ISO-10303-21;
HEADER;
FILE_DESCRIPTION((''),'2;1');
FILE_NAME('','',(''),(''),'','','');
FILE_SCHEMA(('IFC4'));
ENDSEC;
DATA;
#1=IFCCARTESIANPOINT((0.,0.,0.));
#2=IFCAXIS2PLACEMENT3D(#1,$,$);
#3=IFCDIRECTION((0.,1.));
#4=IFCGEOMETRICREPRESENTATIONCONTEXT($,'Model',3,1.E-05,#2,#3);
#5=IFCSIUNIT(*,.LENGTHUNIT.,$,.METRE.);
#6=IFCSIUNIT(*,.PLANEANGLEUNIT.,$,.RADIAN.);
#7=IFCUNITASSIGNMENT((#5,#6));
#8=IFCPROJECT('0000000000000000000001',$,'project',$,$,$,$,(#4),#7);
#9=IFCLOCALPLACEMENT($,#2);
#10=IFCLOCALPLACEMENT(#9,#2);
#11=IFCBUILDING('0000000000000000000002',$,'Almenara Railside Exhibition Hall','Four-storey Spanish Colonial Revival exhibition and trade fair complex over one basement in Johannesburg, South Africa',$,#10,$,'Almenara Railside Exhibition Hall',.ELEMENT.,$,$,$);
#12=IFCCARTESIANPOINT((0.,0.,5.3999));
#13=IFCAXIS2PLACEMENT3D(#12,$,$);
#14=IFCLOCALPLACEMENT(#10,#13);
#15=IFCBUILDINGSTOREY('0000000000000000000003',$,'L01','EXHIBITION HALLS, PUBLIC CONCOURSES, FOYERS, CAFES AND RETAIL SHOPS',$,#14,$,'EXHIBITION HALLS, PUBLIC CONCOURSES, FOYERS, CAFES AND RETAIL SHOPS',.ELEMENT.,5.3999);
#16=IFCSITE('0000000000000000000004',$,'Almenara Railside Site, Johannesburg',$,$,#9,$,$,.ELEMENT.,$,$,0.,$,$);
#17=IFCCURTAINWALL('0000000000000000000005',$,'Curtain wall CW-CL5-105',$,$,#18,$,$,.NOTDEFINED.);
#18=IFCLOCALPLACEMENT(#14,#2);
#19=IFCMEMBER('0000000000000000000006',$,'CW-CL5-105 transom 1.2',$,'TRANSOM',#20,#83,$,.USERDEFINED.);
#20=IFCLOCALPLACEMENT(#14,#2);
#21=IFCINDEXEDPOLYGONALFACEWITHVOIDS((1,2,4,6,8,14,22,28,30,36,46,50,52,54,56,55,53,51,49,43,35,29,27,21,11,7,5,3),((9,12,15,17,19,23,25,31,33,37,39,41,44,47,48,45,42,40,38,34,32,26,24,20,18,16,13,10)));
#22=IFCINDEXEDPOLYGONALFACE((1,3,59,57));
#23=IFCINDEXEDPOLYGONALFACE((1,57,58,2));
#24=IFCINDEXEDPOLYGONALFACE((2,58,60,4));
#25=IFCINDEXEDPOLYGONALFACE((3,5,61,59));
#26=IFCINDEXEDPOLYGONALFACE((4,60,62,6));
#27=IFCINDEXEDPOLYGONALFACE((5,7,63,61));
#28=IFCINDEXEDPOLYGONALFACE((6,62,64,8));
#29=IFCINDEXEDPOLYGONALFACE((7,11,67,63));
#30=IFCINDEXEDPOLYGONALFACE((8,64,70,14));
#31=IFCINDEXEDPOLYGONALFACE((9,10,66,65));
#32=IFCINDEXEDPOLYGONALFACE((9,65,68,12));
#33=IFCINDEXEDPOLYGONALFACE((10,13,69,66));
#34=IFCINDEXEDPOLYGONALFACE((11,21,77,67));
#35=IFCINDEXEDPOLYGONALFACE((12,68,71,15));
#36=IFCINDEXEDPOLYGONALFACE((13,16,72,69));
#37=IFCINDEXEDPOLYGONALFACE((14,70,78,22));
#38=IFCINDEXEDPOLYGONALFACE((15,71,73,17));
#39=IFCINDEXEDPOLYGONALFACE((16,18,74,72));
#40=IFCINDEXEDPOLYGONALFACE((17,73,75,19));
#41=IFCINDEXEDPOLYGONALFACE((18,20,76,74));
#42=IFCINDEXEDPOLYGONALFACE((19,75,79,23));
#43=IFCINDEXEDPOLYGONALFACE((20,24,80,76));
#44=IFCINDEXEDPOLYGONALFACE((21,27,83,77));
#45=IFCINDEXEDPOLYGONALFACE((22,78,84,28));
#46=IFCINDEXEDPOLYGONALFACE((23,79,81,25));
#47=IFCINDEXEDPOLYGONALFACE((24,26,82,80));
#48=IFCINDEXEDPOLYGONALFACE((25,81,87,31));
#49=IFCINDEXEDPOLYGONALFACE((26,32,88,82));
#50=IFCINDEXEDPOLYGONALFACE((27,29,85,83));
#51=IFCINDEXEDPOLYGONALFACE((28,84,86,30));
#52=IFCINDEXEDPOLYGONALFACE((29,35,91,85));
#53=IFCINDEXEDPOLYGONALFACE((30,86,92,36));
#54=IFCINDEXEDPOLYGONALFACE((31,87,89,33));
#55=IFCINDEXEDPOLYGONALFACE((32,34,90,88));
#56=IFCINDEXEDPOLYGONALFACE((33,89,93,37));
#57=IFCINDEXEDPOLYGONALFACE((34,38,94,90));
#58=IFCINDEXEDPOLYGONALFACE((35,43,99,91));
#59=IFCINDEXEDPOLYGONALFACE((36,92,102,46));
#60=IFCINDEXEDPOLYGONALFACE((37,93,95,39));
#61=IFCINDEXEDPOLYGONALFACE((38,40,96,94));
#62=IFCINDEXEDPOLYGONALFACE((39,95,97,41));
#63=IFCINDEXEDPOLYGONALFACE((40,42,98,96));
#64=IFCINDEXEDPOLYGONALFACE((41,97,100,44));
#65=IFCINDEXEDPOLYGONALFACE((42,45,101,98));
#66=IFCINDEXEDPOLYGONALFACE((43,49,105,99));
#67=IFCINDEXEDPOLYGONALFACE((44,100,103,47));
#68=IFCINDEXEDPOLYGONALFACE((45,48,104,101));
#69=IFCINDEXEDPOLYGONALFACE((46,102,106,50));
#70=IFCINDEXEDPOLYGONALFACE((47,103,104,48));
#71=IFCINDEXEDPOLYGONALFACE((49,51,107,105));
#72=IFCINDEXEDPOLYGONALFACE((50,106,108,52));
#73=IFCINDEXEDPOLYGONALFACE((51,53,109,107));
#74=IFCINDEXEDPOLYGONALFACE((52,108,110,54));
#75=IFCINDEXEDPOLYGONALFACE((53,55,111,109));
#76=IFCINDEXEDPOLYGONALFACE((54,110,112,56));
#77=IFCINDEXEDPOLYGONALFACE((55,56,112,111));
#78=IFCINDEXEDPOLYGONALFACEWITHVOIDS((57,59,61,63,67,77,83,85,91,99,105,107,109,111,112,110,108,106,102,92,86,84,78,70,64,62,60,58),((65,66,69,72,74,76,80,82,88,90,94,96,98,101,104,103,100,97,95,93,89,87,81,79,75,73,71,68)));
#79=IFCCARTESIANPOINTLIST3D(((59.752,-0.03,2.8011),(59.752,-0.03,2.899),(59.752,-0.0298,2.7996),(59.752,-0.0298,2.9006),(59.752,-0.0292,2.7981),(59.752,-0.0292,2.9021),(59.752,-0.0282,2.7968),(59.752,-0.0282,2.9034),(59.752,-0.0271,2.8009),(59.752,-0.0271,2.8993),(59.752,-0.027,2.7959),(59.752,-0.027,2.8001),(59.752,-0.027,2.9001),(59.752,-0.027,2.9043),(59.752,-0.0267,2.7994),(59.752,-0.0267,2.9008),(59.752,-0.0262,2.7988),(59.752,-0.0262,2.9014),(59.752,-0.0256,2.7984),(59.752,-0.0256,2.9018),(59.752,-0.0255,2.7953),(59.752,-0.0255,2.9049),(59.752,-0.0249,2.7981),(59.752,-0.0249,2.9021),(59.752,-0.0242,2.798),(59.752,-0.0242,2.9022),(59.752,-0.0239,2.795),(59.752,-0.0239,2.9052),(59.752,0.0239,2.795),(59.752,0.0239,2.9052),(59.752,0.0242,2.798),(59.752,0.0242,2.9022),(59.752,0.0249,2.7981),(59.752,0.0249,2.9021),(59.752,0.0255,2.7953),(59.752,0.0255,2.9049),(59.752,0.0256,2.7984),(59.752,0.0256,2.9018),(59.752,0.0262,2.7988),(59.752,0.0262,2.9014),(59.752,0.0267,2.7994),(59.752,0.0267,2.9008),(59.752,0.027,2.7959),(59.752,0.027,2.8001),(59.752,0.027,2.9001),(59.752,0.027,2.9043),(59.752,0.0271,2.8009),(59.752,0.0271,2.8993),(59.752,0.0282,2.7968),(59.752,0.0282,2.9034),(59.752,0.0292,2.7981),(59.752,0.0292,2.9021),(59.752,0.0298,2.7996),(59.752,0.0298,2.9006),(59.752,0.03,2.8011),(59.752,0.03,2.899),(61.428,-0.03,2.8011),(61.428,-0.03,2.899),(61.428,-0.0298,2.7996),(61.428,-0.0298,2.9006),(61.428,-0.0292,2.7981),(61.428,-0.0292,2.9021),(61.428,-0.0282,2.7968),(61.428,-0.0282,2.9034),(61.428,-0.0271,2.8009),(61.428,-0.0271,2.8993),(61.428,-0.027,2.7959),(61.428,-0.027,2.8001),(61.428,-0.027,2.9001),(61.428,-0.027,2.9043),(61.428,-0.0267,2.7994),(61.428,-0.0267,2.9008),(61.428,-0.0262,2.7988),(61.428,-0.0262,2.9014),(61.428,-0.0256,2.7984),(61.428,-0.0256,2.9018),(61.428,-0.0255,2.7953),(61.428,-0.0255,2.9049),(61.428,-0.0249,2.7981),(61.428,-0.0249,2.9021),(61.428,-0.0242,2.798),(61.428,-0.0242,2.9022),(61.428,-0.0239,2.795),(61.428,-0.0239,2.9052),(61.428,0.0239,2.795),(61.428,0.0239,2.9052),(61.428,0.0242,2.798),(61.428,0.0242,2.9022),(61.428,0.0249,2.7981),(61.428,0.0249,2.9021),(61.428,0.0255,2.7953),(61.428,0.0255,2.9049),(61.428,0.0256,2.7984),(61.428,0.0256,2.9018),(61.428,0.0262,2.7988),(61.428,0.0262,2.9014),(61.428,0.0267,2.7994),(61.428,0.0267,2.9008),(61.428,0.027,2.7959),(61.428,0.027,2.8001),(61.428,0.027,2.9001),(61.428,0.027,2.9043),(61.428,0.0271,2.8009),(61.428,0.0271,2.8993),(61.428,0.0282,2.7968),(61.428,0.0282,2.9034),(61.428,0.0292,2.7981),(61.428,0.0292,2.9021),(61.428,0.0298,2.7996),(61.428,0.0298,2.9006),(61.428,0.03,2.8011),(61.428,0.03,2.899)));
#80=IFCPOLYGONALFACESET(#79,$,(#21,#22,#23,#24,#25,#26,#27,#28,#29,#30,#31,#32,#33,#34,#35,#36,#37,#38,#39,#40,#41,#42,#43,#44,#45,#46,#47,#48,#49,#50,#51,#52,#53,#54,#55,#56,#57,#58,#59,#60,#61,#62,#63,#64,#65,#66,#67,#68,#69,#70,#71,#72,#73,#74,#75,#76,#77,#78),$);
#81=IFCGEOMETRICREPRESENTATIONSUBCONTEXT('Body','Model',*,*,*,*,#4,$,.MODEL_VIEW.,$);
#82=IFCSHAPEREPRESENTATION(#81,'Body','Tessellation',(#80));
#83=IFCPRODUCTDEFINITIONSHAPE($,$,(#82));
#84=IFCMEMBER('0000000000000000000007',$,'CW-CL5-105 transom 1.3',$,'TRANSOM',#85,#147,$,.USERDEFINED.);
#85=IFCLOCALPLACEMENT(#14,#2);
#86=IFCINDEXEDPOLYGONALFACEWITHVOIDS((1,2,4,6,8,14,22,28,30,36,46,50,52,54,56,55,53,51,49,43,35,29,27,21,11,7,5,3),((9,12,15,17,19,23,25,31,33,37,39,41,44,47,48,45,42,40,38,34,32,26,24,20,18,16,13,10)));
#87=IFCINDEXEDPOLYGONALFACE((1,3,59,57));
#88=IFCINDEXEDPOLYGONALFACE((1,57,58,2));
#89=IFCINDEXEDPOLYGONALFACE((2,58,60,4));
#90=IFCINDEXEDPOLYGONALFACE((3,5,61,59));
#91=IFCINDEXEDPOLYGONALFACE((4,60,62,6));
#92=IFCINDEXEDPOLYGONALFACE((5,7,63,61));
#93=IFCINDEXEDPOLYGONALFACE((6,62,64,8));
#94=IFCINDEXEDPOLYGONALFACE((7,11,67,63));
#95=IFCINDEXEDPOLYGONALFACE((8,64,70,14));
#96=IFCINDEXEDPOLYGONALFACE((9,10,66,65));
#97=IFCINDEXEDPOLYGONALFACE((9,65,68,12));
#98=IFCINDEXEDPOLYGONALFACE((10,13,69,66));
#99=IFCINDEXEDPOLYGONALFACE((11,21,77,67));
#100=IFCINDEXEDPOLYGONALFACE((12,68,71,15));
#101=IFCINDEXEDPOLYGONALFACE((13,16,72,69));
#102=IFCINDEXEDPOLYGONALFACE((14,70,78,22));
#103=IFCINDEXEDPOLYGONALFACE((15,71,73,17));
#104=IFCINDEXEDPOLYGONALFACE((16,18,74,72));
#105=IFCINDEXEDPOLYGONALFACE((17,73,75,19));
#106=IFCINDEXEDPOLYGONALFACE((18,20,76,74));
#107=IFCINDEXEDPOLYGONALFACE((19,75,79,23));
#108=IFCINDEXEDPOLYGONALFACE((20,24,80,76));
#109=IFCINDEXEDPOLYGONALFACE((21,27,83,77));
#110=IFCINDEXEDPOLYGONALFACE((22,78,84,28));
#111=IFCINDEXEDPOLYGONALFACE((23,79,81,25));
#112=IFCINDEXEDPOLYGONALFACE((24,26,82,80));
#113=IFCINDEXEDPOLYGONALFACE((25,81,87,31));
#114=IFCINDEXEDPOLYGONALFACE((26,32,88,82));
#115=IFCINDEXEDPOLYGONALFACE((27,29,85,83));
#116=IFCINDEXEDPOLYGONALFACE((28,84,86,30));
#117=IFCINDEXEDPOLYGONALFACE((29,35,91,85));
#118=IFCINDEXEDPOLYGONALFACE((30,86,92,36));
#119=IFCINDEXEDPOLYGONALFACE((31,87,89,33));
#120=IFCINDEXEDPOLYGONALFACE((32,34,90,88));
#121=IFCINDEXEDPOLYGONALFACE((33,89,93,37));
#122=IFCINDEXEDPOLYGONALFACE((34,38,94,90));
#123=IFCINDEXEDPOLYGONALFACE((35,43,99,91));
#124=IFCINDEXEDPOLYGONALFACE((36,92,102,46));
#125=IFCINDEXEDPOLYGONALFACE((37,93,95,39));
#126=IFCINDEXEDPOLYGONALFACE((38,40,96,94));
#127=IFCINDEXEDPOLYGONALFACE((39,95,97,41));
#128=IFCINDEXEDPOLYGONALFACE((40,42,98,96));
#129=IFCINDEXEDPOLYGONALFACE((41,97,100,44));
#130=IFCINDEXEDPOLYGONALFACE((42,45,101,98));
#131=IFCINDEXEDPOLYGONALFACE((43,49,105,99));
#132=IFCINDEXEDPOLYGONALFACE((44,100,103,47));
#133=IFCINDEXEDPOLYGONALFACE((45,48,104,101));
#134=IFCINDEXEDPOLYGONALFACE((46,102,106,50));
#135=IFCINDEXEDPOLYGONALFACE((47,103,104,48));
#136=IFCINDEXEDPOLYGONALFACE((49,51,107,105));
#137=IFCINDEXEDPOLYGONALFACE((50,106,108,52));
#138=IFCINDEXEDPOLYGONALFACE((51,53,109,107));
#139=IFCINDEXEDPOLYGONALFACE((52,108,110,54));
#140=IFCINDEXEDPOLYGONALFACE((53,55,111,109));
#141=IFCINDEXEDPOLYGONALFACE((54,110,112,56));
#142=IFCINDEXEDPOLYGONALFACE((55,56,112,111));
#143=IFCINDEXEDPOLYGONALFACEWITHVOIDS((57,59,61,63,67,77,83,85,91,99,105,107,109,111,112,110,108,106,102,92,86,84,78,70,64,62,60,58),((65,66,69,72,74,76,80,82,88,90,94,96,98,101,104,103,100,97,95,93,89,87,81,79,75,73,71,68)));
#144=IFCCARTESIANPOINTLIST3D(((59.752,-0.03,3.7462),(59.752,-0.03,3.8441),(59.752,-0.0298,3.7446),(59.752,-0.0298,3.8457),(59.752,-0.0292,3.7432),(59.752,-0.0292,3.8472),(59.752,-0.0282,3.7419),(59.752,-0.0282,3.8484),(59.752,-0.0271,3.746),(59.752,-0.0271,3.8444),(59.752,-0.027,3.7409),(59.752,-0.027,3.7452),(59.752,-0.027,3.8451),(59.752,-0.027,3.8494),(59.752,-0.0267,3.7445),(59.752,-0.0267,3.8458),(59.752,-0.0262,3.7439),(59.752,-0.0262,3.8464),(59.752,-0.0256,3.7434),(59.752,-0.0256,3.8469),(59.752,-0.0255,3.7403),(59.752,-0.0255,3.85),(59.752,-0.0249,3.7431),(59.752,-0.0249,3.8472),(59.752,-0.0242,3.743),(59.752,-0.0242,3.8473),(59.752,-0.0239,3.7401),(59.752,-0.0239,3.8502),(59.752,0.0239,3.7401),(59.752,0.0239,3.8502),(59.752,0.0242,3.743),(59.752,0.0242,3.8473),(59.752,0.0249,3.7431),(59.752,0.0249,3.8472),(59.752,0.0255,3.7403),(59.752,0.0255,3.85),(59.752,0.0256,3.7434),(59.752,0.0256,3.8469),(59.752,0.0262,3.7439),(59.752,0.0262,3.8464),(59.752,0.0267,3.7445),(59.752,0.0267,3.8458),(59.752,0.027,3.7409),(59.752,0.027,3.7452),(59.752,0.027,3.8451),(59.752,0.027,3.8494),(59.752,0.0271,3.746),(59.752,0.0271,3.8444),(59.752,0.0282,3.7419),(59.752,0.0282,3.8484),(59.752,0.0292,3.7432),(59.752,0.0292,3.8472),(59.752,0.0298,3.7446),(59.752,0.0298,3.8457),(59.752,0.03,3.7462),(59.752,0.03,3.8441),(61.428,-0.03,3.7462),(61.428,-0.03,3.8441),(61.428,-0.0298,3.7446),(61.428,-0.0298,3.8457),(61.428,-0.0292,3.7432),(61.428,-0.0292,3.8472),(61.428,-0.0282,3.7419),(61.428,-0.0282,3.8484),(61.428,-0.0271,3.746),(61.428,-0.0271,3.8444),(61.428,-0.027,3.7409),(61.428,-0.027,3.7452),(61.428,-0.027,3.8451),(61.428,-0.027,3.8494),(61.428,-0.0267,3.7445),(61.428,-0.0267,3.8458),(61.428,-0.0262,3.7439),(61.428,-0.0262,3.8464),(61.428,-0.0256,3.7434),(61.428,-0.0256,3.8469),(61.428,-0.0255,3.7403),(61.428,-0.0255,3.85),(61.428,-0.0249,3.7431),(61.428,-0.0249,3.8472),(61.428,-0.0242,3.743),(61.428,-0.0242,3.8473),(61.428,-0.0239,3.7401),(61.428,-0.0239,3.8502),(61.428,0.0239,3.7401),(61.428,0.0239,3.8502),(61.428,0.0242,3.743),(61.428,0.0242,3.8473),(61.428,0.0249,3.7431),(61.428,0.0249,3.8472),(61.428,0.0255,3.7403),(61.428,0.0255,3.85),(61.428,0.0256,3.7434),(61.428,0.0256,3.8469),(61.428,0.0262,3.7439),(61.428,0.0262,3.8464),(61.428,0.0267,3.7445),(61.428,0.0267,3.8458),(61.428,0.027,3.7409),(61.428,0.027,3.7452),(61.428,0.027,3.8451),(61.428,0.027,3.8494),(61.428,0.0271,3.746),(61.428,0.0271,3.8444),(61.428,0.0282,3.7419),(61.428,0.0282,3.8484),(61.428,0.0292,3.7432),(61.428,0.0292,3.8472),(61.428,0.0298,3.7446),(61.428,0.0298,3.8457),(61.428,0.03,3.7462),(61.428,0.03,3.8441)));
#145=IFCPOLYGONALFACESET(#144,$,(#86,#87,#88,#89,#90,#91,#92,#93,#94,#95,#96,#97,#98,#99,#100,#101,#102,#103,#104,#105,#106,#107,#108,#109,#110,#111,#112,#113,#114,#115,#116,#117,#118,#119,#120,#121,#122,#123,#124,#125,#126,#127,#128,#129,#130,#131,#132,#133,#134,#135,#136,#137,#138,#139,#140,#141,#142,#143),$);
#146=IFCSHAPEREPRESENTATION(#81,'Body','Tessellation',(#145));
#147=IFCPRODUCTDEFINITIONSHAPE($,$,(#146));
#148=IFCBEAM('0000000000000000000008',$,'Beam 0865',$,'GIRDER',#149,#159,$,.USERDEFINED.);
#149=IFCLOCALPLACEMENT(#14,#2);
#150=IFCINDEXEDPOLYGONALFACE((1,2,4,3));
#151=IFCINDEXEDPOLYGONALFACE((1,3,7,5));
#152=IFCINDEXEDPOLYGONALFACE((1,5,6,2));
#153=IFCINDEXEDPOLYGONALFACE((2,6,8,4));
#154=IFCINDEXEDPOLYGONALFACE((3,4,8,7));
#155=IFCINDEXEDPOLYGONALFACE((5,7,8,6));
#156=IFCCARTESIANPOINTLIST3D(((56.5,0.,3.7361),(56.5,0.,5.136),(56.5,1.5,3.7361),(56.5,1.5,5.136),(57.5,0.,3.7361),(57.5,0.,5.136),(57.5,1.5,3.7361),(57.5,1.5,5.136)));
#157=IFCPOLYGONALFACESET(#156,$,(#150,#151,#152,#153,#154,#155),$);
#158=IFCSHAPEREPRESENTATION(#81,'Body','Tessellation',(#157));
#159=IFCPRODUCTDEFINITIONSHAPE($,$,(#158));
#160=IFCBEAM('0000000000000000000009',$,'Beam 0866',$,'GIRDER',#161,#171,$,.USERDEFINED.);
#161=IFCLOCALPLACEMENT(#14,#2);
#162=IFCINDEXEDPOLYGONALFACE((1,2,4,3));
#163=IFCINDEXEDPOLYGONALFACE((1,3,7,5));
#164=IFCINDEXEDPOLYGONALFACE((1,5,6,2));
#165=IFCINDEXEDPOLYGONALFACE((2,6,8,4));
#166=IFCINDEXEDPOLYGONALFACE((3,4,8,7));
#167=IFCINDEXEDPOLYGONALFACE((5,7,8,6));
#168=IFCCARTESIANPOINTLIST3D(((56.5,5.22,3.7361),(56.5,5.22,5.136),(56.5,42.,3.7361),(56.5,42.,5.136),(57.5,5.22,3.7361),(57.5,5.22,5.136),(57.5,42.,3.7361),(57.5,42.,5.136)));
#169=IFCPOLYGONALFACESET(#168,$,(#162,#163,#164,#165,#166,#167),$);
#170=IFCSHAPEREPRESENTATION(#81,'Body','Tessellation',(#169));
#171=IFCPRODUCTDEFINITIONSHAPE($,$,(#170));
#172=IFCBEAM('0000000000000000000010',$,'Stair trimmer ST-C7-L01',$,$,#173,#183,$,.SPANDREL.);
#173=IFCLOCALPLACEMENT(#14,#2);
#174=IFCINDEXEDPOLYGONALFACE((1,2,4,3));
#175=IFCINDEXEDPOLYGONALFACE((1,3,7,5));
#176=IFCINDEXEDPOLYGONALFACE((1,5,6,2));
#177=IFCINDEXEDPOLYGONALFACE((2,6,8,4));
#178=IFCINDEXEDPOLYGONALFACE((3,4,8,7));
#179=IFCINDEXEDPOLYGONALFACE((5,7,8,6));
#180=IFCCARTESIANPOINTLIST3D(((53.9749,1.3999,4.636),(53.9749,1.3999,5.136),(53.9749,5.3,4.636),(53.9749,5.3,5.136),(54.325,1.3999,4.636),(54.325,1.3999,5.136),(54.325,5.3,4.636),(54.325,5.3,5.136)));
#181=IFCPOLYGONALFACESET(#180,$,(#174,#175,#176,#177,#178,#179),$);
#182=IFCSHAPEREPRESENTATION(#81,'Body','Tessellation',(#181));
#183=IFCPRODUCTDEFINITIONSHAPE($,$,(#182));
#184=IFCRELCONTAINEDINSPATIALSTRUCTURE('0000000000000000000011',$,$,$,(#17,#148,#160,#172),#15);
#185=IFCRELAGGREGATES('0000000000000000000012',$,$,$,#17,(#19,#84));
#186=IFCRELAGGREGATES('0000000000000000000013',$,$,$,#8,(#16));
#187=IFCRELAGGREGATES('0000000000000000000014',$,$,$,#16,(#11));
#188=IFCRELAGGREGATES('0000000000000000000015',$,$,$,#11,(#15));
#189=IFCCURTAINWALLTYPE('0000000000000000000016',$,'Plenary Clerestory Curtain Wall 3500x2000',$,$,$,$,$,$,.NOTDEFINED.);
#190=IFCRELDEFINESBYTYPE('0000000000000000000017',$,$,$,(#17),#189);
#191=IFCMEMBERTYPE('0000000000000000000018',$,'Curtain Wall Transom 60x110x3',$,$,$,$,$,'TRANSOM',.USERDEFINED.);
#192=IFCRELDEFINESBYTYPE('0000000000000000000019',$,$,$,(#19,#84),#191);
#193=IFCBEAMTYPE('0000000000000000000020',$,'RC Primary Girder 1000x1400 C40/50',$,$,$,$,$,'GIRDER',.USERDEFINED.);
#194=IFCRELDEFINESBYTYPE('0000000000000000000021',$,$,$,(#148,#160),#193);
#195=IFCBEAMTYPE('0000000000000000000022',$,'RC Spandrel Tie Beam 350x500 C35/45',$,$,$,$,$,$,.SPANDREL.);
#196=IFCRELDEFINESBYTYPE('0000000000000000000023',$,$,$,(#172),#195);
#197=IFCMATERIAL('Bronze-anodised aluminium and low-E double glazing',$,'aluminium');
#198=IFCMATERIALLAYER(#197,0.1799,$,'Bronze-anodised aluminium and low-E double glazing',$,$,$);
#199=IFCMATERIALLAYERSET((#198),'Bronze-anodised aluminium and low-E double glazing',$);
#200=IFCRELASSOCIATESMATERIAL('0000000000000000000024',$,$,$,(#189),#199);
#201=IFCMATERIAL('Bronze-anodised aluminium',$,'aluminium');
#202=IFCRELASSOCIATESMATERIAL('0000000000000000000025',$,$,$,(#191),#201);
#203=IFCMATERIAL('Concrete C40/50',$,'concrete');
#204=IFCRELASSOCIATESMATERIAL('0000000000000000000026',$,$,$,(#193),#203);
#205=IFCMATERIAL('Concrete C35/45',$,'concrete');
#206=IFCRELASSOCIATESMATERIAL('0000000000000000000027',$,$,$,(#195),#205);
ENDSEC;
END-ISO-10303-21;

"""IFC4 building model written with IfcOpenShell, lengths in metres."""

from ifc_helpers import new_model, si_unit, direction, frame, origin, origin_2d, place, context, subcontext, project, spatial, rectangle, hollow_rectangle, extrude, material, layer, layer_set, material_profile, profile_set, type_object, element, aggregate, save


model = new_model("IFC4")

# Units and contexts
model_context = context("Model", 3, precision=1e-05, world=origin(), true_north=direction((0.0, 1.0)))
body_context = subcontext(model_context, "Body", "Model", "MODEL_VIEW")
ifc_project = project(units=[si_unit("LENGTHUNIT", "METRE"), si_unit("PLANEANGLEUNIT", "RADIAN")], contexts=[model_context])

# Site, building, storey
site_placement = place(None, origin())
site = spatial("IfcSite", under=ifc_project, at=site_placement, Name="Almenara Railside Site, Johannesburg", CompositionType="ELEMENT", RefElevation=0.0)
building_placement = place(site_placement, origin())
building = spatial("IfcBuilding", under=site, at=building_placement, Name="Almenara Railside Exhibition Hall", Description="Four-storey Spanish Colonial Revival exhibition and trade fair complex over one basement in Johannesburg, South Africa", LongName="Almenara Railside Exhibition Hall", CompositionType="ELEMENT")
storey_placement = place(building_placement, frame((0.0, 0.0, 5.3999)))
storey = spatial("IfcBuildingStorey", under=building, at=storey_placement, Name="L01", Description="EXHIBITION HALLS, PUBLIC CONCOURSES, FOYERS, CAFES AND RETAIL SHOPS", LongName="EXHIBITION HALLS, PUBLIC CONCOURSES, FOYERS, CAFES AND RETAIL SHOPS", CompositionType="ELEMENT", Elevation=5.3999)

# Shared definitions
ifc_material_1 = material(Name="Concrete C35/45", Category="concrete")

# Curtain wall, members
ifc_material_2 = material(Name="Bronze-anodised aluminium and low-E double glazing", Category="aluminium")
ifc_layer_1 = layer(ifc_material_2, 0.1799, Name="Bronze-anodised aluminium and low-E double glazing")
ifc_layer_set_1 = layer_set([ifc_layer_1], Name="Bronze-anodised aluminium and low-E double glazing")
curtain_wall_type = type_object("IfcCurtainWallType", Name="Plenary Clerestory Curtain Wall 3500x2000", PredefinedType="NOTDEFINED", material=ifc_layer_set_1)
curtain_wall_placement = place(storey_placement, origin())
curtain_wall = element("IfcCurtainWall", 1, at=curtain_wall_placement, inside=storey, type_object=curtain_wall_type, Name="Curtain wall CW-CL5-105", PredefinedType="NOTDEFINED")
ifc_material_3 = material(Name="Bronze-anodised aluminium", Category="aluminium")
ifc_material_profile_1 = material_profile(ifc_material_3, hollow_rectangle(XDim=0.0601, YDim=0.1101, WallThickness=0.0029, InnerFilletRadius=0.0029, OuterFilletRadius=0.0061, at=origin_2d()), Name="ALU-TRN 60x110x3")
ifc_profile_set_1 = profile_set([ifc_material_profile_1], Name="Bronze-anodised aluminium")
member_type_1 = type_object("IfcMemberType", Name="Curtain Wall Transom 60x110x3", ElementType="TRANSOM", PredefinedType="USERDEFINED", material=ifc_profile_set_1)
member_1_placement = place(storey_placement, frame((59.752, 0.0, 2.8501), z_axis=(1.0, 0.0, 0.0), x_axis=(0.0, 1.0, 0.0)))
member_1 = element("IfcMember", 2, at=member_1_placement, type_object=member_type_1, Name="CW-CL5-105 transom 1.2", ObjectType="TRANSOM", PredefinedType="USERDEFINED", context=body_context, shape_type="SweptSolid", body=[
    extrude(hollow_rectangle(XDim=0.0601, YDim=0.1101, WallThickness=0.0029, InnerFilletRadius=0.0029, OuterFilletRadius=0.0061, at=origin_2d()), origin(), (0.0, 0.0, 1.0), 1.676),
])
member_2_placement = place(storey_placement, frame((59.752, 0.0, 3.7952), z_axis=(1.0, 0.0, 0.0), x_axis=(0.0, 1.0, 0.0)))
member_2 = element("IfcMember", 3, at=member_2_placement, type_object=member_type_1, Name="CW-CL5-105 transom 1.3", ObjectType="TRANSOM", PredefinedType="USERDEFINED", context=body_context, shape_type="SweptSolid", body=[
    extrude(hollow_rectangle(XDim=0.0601, YDim=0.1101, WallThickness=0.0029, InnerFilletRadius=0.0029, OuterFilletRadius=0.0061, at=origin_2d()), origin(), (0.0, 0.0, 1.0), 1.676),
])

# Beams
ifc_material_4 = material(Name="Concrete C40/50", Category="concrete")
ifc_material_profile_2 = material_profile(ifc_material_4, rectangle(XDim=1.0, YDim=1.3999, at=origin_2d()), Name="RC 1000x1400")
ifc_profile_set_2 = profile_set([ifc_material_profile_2], Name="Concrete C40/50")
beam_type_1 = type_object("IfcBeamType", Name="RC Primary Girder 1000x1400 C40/50", ElementType="GIRDER", PredefinedType="USERDEFINED", material=ifc_profile_set_2)
beam_1_placement = place(storey_placement, frame((57.0, 0.0, 4.436), z_axis=(0.0, 1.0, 0.0), x_axis=(-1.0, 0.0, 0.0)))
element("IfcBeam", 4, at=beam_1_placement, inside=storey, type_object=beam_type_1, Name="Beam 0865", ObjectType="GIRDER", PredefinedType="USERDEFINED", context=body_context, shape_type="SweptSolid", body=[
    extrude(rectangle(XDim=1.0, YDim=1.3999, at=origin_2d()), origin(), (0.0, 0.0, 1.0), 1.5),
])
beam_2_placement = place(storey_placement, frame((57.0, 5.22, 4.436), z_axis=(0.0, 1.0, 0.0), x_axis=(-1.0, 0.0, 0.0)))
element("IfcBeam", 5, at=beam_2_placement, inside=storey, type_object=beam_type_1, Name="Beam 0866", ObjectType="GIRDER", PredefinedType="USERDEFINED", context=body_context, shape_type="SweptSolid", body=[
    extrude(rectangle(XDim=1.0, YDim=1.3999, at=origin_2d()), origin(), (0.0, 0.0, 1.0), 36.78),
])
ifc_material_profile_3 = material_profile(ifc_material_1, rectangle(XDim=0.3501, YDim=0.5, at=origin_2d()), Name="RC 350x500")
ifc_profile_set_3 = profile_set([ifc_material_profile_3], Name="Concrete C35/45")
beam_type_2 = type_object("IfcBeamType", Name="RC Spandrel Tie Beam 350x500 C35/45", PredefinedType="SPANDREL", material=ifc_profile_set_3)
beam_3_placement = place(storey_placement, frame((54.1499, 1.3999, 4.886), z_axis=(0.0, 1.0, 0.0), x_axis=(-1.0, 0.0, 0.0)))
element("IfcBeam", 6, at=beam_3_placement, inside=storey, type_object=beam_type_2, Name="Stair trimmer ST-C7-L01", PredefinedType="SPANDREL", context=body_context, shape_type="SweptSolid", body=[
    extrude(rectangle(XDim=0.3501, YDim=0.5, at=origin_2d()), origin(), (0.0, 0.0, 1.0), 3.9001),
])

aggregate(curtain_wall, [member_1, member_2])

save(model, "model.ifc")
